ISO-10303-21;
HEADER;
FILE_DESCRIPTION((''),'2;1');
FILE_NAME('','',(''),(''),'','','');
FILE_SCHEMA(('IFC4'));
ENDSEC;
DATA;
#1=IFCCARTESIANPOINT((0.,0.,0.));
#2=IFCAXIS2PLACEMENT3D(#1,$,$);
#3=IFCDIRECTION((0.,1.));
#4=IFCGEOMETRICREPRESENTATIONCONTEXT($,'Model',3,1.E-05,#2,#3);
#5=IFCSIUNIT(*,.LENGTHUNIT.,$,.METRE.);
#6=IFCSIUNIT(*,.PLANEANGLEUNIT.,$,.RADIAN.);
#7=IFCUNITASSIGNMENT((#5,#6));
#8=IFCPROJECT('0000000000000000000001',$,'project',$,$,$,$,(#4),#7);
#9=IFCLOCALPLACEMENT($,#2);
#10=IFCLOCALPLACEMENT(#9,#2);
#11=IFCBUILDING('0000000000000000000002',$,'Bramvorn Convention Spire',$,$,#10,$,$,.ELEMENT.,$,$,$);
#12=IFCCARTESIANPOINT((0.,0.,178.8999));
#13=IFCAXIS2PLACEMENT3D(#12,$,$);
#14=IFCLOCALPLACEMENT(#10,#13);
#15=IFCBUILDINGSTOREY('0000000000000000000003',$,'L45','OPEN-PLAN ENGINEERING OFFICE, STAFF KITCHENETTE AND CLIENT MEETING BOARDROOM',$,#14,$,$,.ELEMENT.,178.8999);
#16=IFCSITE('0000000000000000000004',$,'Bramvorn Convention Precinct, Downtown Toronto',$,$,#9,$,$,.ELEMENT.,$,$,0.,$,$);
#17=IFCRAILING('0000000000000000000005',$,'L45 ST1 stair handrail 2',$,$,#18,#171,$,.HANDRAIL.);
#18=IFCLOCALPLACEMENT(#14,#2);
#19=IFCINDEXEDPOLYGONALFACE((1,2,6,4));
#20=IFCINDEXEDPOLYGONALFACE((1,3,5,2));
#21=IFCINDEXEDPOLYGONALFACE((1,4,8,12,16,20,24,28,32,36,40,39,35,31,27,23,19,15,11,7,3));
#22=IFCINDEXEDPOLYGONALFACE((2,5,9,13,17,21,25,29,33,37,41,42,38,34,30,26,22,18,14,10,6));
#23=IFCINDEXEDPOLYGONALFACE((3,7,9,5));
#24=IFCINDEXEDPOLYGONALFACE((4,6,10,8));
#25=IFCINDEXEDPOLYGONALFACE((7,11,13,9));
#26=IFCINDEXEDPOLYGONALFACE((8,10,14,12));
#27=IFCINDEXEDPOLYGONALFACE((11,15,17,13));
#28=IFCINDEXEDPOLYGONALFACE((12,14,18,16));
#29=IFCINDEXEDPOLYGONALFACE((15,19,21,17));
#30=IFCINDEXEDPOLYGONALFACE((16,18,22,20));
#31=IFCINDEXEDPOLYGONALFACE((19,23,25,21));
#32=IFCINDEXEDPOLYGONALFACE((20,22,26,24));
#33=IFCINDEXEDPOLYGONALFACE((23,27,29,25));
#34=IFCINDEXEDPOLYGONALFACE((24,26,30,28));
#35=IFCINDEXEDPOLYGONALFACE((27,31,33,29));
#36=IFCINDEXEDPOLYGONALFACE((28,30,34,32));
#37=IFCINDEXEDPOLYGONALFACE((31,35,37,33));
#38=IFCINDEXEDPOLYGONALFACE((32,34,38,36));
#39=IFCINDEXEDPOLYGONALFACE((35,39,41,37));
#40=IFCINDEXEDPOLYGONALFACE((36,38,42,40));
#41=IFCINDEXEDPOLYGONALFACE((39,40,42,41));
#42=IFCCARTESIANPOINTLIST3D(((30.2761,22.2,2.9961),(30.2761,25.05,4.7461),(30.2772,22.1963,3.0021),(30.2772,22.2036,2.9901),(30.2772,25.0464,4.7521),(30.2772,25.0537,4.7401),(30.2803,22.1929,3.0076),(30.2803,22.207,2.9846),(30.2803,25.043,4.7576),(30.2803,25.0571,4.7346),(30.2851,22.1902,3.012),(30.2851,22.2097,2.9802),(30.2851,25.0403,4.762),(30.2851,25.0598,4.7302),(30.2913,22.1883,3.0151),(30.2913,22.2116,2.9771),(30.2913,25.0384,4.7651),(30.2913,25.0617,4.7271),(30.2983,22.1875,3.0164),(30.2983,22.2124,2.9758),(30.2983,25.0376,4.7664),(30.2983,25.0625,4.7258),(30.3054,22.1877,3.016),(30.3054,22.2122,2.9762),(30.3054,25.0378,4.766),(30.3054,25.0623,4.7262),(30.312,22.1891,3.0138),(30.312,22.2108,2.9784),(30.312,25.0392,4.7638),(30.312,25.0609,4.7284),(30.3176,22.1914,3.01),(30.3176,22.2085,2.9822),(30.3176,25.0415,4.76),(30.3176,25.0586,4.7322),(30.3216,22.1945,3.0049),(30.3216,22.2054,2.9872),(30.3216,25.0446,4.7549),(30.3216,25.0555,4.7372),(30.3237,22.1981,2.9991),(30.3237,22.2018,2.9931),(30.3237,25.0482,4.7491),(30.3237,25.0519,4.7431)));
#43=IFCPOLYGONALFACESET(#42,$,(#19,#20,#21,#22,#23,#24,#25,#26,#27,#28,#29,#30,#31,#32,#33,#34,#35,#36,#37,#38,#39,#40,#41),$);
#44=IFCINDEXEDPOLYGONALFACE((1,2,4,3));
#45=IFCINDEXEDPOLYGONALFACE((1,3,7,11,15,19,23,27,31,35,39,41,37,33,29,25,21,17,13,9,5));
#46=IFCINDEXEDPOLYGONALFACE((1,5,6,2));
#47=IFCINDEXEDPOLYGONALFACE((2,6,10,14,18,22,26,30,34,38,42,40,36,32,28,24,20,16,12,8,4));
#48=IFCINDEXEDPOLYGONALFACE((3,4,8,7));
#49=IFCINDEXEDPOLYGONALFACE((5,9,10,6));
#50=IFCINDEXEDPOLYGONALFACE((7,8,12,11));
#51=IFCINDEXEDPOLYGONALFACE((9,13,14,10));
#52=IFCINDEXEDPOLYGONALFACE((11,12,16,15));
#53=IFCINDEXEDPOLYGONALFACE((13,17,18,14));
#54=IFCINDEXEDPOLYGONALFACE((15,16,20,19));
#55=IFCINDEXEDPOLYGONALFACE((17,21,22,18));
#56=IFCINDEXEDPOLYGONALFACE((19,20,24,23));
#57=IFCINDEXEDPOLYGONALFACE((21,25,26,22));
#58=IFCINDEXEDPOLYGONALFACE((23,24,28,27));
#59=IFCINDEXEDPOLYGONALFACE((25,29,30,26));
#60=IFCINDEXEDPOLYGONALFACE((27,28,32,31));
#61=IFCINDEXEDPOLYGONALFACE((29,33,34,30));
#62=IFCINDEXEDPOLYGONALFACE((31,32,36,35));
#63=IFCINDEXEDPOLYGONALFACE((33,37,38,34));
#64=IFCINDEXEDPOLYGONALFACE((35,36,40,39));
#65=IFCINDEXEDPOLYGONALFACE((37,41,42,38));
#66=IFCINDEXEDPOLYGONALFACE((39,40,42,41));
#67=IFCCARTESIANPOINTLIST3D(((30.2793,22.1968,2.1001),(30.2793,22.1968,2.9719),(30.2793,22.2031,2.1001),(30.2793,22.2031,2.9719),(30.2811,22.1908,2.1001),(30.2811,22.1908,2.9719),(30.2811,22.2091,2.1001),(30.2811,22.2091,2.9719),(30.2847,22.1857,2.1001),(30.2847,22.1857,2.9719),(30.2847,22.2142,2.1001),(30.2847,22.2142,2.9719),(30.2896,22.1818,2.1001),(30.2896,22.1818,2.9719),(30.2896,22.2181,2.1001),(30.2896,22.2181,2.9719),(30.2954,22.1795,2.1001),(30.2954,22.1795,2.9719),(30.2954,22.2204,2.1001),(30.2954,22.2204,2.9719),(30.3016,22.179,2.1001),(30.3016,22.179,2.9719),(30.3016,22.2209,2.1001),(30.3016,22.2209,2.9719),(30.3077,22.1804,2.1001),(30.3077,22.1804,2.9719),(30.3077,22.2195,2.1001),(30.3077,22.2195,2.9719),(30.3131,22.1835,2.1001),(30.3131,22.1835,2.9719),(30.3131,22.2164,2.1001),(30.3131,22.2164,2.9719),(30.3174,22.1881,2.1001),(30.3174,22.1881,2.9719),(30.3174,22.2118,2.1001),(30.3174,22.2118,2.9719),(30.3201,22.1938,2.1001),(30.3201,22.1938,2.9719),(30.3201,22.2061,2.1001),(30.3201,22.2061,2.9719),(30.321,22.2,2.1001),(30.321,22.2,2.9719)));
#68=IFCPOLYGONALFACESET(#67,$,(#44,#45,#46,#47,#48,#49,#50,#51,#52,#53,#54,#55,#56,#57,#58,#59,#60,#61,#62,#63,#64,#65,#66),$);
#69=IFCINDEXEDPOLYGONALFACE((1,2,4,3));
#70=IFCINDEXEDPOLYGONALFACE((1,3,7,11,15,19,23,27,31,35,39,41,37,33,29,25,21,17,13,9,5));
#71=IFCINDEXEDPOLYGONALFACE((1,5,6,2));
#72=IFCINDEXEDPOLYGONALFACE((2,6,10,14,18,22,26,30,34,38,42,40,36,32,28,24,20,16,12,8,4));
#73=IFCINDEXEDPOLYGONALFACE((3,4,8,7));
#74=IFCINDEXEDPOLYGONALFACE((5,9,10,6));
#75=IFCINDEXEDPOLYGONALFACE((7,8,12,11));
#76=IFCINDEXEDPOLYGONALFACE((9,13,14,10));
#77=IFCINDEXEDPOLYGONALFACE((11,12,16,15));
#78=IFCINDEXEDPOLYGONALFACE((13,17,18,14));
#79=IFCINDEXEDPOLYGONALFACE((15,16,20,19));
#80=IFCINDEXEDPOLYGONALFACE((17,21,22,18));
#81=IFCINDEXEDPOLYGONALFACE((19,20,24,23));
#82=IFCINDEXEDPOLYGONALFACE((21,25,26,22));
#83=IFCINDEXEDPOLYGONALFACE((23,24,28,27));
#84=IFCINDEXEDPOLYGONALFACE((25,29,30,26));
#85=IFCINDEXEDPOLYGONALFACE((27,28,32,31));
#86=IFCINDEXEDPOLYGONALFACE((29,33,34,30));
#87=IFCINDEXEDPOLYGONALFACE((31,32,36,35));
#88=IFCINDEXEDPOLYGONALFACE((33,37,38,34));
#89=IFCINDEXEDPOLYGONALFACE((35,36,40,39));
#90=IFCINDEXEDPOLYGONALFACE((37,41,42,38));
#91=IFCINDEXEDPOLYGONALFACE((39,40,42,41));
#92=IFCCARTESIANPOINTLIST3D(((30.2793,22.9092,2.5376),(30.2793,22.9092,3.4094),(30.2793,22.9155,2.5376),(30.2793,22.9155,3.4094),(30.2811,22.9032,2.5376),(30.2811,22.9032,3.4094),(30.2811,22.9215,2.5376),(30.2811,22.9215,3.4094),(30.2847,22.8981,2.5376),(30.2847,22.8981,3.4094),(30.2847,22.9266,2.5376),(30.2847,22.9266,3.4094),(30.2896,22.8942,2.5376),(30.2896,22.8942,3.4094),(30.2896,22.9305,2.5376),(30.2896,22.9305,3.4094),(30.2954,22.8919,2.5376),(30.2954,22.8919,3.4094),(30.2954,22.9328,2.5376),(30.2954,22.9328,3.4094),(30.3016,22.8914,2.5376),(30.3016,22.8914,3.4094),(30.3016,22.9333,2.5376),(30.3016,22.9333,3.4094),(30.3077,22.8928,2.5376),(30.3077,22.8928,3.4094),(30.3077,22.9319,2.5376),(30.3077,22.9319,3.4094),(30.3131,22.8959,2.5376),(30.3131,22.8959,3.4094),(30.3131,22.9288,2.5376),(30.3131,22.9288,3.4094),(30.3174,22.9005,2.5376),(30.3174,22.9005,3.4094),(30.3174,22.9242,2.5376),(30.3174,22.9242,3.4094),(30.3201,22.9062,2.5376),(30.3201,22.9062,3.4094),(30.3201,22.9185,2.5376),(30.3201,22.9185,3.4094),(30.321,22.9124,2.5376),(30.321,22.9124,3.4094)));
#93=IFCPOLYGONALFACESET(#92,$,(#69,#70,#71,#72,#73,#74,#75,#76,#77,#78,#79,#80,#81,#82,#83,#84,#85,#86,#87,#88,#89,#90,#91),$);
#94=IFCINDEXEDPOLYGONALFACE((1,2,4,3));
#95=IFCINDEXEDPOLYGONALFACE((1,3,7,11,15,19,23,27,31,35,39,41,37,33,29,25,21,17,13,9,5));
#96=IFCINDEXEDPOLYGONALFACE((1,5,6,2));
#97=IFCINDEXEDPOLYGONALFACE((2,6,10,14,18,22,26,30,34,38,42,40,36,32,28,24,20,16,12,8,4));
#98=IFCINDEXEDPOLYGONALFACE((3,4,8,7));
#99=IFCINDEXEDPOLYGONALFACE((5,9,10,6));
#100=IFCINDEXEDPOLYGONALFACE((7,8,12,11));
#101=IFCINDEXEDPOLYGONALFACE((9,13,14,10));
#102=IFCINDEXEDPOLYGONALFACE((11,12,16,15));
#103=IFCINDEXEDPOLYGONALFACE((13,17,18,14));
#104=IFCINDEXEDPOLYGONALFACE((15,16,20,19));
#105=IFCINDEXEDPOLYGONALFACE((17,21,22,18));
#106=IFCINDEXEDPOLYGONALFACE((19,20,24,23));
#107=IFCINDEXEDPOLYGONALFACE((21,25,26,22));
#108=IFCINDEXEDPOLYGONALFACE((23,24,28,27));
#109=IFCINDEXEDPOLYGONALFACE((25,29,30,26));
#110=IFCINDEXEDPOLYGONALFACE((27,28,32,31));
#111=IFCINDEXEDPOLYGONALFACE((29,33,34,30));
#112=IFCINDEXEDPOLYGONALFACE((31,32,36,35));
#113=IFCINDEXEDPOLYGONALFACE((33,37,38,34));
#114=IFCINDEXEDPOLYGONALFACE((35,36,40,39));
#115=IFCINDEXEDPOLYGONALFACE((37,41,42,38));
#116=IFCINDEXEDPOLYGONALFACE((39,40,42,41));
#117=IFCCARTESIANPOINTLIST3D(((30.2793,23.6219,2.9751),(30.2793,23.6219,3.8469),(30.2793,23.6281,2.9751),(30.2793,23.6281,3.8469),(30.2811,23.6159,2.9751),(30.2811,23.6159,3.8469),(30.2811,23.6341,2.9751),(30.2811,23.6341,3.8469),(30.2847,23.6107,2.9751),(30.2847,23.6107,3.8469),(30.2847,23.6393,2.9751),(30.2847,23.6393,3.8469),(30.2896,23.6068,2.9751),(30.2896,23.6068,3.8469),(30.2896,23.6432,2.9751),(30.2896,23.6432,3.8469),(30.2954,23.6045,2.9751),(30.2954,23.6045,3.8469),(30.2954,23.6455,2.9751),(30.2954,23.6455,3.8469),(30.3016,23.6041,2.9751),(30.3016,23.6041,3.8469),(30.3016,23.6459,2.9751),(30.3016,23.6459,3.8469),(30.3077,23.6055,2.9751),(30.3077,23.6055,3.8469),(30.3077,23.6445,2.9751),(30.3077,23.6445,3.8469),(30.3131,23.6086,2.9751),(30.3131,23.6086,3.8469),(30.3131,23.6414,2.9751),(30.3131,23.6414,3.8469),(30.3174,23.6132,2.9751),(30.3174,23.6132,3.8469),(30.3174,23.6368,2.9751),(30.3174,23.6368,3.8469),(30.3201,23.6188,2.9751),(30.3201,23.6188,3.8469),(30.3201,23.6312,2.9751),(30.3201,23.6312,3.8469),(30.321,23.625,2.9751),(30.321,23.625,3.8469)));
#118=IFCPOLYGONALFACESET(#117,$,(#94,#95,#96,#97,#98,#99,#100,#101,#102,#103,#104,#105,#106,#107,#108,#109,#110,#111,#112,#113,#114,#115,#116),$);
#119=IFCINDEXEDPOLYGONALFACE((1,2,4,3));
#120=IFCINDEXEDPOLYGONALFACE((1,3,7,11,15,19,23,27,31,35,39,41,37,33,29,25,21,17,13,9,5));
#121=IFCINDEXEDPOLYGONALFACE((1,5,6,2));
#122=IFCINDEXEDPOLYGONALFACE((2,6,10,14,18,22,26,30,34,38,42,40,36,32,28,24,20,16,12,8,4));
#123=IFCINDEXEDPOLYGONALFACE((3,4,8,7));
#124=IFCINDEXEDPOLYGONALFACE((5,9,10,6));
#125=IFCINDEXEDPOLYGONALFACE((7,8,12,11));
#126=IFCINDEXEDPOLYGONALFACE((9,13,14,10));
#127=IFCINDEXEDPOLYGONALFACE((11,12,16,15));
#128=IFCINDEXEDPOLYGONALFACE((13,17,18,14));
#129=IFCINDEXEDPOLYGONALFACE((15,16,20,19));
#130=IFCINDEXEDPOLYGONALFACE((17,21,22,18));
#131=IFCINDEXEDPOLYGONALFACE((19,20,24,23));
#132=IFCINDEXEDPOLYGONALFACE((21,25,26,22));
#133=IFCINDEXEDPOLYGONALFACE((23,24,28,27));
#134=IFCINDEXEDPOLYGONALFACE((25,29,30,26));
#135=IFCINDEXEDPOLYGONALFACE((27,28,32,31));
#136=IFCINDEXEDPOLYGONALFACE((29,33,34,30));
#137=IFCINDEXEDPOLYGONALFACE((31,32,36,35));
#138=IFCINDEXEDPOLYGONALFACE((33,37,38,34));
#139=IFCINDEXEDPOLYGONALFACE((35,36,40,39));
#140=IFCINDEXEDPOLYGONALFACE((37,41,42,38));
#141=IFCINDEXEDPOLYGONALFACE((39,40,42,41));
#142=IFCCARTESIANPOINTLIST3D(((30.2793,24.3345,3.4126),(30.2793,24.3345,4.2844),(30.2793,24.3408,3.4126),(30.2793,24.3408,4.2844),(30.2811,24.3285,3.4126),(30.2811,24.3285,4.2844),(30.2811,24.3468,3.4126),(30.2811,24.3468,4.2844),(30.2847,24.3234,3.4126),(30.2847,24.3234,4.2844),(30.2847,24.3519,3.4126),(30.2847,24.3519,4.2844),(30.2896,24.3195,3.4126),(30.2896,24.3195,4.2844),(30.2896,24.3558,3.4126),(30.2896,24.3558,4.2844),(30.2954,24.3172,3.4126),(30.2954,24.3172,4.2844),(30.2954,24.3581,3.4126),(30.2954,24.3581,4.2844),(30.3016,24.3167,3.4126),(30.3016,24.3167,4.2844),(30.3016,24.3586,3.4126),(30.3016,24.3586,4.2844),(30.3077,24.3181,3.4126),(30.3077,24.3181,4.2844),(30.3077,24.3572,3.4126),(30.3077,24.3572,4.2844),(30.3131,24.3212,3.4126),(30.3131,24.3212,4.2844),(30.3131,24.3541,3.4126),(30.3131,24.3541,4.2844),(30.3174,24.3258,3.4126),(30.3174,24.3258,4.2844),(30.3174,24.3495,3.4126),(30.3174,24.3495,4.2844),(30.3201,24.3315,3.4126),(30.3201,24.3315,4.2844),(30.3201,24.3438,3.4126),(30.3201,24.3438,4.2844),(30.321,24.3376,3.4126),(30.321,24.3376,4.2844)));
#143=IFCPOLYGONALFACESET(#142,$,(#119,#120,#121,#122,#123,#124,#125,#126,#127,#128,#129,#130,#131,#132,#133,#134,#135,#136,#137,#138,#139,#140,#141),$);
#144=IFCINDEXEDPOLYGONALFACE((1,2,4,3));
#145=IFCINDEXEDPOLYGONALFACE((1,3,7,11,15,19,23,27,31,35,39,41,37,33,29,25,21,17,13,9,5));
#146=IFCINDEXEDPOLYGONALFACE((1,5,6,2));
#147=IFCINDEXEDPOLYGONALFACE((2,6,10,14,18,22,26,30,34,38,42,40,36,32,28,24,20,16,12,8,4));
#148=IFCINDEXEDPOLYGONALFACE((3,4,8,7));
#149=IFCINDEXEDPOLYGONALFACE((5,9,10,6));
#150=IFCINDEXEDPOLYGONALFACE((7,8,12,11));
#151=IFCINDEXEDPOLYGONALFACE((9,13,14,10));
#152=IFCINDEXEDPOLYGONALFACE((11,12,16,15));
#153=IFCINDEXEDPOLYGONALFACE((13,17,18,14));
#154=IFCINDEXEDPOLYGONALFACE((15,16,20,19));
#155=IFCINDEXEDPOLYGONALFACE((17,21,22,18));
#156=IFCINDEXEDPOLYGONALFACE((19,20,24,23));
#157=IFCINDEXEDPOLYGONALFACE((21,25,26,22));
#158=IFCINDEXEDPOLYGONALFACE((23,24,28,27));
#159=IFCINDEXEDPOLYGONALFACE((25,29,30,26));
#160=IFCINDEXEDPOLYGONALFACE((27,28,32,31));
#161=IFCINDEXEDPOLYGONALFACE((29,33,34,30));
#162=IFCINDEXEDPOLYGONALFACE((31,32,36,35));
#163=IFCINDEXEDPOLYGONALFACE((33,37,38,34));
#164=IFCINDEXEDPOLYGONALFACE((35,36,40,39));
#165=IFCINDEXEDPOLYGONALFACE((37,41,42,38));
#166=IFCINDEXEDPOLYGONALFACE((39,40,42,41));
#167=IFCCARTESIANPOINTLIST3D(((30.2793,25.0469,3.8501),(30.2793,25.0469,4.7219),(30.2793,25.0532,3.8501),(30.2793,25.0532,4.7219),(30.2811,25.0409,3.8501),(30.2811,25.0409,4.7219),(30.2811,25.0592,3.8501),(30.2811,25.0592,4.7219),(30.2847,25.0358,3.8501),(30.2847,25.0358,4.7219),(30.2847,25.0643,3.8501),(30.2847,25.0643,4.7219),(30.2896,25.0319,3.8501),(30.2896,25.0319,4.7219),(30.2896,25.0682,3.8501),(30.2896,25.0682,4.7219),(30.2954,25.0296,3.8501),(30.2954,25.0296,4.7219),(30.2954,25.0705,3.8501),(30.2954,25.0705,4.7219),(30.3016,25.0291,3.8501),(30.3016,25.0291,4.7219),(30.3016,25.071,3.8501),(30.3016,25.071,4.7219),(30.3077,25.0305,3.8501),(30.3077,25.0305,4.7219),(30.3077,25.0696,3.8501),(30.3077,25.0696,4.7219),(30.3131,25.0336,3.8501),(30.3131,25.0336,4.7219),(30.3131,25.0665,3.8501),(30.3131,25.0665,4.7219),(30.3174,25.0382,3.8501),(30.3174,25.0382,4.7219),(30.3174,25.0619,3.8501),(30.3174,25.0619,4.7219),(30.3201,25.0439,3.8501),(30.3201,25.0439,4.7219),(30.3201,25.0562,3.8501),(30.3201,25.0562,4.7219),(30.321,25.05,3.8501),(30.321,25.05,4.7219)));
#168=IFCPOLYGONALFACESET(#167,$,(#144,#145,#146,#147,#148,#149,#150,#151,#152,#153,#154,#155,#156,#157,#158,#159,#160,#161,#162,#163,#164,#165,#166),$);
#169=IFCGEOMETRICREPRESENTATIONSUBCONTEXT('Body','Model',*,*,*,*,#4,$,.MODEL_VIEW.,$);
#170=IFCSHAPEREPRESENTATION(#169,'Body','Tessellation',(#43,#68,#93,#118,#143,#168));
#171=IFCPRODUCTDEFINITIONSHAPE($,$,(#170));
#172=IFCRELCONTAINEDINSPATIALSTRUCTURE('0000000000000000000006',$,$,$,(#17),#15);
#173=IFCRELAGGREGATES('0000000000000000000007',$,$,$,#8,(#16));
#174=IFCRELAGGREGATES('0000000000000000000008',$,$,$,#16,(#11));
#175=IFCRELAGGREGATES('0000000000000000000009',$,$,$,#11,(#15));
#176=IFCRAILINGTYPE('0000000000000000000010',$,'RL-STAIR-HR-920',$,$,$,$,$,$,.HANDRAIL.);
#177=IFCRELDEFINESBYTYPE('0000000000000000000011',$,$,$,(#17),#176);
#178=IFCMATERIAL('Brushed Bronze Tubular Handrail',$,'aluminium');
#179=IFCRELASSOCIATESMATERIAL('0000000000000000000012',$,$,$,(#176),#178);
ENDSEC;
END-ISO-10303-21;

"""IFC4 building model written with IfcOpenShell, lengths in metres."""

from ifc_helpers import new_model, si_unit, direction, frame, origin, origin_2d, place, context, subcontext, project, spatial, circle, extrude, material, type_object, element, save


model = new_model("IFC4")

# Units and contexts
model_context = context("Model", 3, precision=1e-05, world=origin(), true_north=direction((0.0, 1.0)))
body_context = subcontext(model_context, "Body", "Model", "MODEL_VIEW")
ifc_project = project(units=[si_unit("LENGTHUNIT", "METRE"), si_unit("PLANEANGLEUNIT", "RADIAN")], contexts=[model_context])

# Site, building, storey
site_placement = place(None, origin())
site = spatial("IfcSite", under=ifc_project, at=site_placement, Name="Bramvorn Convention Precinct, Downtown Toronto", CompositionType="ELEMENT", RefElevation=0.0)
building_placement = place(site_placement, origin())
building = spatial("IfcBuilding", under=site, at=building_placement, Name="Bramvorn Convention Spire", CompositionType="ELEMENT")
storey_placement = place(building_placement, frame((0.0, 0.0, 178.8999)))
storey = spatial("IfcBuildingStorey", under=building, at=storey_placement, Name="L45", Description="OPEN-PLAN ENGINEERING OFFICE, STAFF KITCHENETTE AND CLIENT MEETING BOARDROOM", CompositionType="ELEMENT", Elevation=178.8999)

# Railing
ifc_material_1 = material(Name="Brushed Bronze Tubular Handrail", Category="aluminium")
railing_type_1 = type_object("IfcRailingType", Name="RL-STAIR-HR-920", PredefinedType="HANDRAIL", material=ifc_material_1)
railing_1_placement = place(storey_placement, frame((30.3, 22.2, 2.1001)))
element("IfcRailing", 1, at=railing_1_placement, inside=storey, type_object=railing_type_1, Name="L45 ST1 stair handrail 2", PredefinedType="HANDRAIL", context=body_context, shape_type="SweptSolid", body=[
    extrude(circle(Radius=0.0239, at=origin_2d()), frame((0.0, 0.0, 0.896), z_axis=(0.0, 0.852179, 0.52325), x_axis=(-1.0, 0.0, 0.0)), (0.0, 0.0, 1.0), 3.3445),
    extrude(circle(Radius=0.021, at=origin_2d()), origin(), (0.0, 0.0, 1.0), 0.8718),
    extrude(circle(Radius=0.021, at=origin_2d()), frame((0.0, 0.7124, 0.4375)), (0.0, 0.0, 1.0), 0.8718),
    extrude(circle(Radius=0.021, at=origin_2d()), frame((0.0, 1.425, 0.875)), (0.0, 0.0, 1.0), 0.8718),
    extrude(circle(Radius=0.021, at=origin_2d()), frame((0.0, 2.1377, 1.3125)), (0.0, 0.0, 1.0), 0.8718),
    extrude(circle(Radius=0.021, at=origin_2d()), frame((0.0, 2.8501, 1.75)), (0.0, 0.0, 1.0), 0.8718),
])

save(model, "model.ifc")
